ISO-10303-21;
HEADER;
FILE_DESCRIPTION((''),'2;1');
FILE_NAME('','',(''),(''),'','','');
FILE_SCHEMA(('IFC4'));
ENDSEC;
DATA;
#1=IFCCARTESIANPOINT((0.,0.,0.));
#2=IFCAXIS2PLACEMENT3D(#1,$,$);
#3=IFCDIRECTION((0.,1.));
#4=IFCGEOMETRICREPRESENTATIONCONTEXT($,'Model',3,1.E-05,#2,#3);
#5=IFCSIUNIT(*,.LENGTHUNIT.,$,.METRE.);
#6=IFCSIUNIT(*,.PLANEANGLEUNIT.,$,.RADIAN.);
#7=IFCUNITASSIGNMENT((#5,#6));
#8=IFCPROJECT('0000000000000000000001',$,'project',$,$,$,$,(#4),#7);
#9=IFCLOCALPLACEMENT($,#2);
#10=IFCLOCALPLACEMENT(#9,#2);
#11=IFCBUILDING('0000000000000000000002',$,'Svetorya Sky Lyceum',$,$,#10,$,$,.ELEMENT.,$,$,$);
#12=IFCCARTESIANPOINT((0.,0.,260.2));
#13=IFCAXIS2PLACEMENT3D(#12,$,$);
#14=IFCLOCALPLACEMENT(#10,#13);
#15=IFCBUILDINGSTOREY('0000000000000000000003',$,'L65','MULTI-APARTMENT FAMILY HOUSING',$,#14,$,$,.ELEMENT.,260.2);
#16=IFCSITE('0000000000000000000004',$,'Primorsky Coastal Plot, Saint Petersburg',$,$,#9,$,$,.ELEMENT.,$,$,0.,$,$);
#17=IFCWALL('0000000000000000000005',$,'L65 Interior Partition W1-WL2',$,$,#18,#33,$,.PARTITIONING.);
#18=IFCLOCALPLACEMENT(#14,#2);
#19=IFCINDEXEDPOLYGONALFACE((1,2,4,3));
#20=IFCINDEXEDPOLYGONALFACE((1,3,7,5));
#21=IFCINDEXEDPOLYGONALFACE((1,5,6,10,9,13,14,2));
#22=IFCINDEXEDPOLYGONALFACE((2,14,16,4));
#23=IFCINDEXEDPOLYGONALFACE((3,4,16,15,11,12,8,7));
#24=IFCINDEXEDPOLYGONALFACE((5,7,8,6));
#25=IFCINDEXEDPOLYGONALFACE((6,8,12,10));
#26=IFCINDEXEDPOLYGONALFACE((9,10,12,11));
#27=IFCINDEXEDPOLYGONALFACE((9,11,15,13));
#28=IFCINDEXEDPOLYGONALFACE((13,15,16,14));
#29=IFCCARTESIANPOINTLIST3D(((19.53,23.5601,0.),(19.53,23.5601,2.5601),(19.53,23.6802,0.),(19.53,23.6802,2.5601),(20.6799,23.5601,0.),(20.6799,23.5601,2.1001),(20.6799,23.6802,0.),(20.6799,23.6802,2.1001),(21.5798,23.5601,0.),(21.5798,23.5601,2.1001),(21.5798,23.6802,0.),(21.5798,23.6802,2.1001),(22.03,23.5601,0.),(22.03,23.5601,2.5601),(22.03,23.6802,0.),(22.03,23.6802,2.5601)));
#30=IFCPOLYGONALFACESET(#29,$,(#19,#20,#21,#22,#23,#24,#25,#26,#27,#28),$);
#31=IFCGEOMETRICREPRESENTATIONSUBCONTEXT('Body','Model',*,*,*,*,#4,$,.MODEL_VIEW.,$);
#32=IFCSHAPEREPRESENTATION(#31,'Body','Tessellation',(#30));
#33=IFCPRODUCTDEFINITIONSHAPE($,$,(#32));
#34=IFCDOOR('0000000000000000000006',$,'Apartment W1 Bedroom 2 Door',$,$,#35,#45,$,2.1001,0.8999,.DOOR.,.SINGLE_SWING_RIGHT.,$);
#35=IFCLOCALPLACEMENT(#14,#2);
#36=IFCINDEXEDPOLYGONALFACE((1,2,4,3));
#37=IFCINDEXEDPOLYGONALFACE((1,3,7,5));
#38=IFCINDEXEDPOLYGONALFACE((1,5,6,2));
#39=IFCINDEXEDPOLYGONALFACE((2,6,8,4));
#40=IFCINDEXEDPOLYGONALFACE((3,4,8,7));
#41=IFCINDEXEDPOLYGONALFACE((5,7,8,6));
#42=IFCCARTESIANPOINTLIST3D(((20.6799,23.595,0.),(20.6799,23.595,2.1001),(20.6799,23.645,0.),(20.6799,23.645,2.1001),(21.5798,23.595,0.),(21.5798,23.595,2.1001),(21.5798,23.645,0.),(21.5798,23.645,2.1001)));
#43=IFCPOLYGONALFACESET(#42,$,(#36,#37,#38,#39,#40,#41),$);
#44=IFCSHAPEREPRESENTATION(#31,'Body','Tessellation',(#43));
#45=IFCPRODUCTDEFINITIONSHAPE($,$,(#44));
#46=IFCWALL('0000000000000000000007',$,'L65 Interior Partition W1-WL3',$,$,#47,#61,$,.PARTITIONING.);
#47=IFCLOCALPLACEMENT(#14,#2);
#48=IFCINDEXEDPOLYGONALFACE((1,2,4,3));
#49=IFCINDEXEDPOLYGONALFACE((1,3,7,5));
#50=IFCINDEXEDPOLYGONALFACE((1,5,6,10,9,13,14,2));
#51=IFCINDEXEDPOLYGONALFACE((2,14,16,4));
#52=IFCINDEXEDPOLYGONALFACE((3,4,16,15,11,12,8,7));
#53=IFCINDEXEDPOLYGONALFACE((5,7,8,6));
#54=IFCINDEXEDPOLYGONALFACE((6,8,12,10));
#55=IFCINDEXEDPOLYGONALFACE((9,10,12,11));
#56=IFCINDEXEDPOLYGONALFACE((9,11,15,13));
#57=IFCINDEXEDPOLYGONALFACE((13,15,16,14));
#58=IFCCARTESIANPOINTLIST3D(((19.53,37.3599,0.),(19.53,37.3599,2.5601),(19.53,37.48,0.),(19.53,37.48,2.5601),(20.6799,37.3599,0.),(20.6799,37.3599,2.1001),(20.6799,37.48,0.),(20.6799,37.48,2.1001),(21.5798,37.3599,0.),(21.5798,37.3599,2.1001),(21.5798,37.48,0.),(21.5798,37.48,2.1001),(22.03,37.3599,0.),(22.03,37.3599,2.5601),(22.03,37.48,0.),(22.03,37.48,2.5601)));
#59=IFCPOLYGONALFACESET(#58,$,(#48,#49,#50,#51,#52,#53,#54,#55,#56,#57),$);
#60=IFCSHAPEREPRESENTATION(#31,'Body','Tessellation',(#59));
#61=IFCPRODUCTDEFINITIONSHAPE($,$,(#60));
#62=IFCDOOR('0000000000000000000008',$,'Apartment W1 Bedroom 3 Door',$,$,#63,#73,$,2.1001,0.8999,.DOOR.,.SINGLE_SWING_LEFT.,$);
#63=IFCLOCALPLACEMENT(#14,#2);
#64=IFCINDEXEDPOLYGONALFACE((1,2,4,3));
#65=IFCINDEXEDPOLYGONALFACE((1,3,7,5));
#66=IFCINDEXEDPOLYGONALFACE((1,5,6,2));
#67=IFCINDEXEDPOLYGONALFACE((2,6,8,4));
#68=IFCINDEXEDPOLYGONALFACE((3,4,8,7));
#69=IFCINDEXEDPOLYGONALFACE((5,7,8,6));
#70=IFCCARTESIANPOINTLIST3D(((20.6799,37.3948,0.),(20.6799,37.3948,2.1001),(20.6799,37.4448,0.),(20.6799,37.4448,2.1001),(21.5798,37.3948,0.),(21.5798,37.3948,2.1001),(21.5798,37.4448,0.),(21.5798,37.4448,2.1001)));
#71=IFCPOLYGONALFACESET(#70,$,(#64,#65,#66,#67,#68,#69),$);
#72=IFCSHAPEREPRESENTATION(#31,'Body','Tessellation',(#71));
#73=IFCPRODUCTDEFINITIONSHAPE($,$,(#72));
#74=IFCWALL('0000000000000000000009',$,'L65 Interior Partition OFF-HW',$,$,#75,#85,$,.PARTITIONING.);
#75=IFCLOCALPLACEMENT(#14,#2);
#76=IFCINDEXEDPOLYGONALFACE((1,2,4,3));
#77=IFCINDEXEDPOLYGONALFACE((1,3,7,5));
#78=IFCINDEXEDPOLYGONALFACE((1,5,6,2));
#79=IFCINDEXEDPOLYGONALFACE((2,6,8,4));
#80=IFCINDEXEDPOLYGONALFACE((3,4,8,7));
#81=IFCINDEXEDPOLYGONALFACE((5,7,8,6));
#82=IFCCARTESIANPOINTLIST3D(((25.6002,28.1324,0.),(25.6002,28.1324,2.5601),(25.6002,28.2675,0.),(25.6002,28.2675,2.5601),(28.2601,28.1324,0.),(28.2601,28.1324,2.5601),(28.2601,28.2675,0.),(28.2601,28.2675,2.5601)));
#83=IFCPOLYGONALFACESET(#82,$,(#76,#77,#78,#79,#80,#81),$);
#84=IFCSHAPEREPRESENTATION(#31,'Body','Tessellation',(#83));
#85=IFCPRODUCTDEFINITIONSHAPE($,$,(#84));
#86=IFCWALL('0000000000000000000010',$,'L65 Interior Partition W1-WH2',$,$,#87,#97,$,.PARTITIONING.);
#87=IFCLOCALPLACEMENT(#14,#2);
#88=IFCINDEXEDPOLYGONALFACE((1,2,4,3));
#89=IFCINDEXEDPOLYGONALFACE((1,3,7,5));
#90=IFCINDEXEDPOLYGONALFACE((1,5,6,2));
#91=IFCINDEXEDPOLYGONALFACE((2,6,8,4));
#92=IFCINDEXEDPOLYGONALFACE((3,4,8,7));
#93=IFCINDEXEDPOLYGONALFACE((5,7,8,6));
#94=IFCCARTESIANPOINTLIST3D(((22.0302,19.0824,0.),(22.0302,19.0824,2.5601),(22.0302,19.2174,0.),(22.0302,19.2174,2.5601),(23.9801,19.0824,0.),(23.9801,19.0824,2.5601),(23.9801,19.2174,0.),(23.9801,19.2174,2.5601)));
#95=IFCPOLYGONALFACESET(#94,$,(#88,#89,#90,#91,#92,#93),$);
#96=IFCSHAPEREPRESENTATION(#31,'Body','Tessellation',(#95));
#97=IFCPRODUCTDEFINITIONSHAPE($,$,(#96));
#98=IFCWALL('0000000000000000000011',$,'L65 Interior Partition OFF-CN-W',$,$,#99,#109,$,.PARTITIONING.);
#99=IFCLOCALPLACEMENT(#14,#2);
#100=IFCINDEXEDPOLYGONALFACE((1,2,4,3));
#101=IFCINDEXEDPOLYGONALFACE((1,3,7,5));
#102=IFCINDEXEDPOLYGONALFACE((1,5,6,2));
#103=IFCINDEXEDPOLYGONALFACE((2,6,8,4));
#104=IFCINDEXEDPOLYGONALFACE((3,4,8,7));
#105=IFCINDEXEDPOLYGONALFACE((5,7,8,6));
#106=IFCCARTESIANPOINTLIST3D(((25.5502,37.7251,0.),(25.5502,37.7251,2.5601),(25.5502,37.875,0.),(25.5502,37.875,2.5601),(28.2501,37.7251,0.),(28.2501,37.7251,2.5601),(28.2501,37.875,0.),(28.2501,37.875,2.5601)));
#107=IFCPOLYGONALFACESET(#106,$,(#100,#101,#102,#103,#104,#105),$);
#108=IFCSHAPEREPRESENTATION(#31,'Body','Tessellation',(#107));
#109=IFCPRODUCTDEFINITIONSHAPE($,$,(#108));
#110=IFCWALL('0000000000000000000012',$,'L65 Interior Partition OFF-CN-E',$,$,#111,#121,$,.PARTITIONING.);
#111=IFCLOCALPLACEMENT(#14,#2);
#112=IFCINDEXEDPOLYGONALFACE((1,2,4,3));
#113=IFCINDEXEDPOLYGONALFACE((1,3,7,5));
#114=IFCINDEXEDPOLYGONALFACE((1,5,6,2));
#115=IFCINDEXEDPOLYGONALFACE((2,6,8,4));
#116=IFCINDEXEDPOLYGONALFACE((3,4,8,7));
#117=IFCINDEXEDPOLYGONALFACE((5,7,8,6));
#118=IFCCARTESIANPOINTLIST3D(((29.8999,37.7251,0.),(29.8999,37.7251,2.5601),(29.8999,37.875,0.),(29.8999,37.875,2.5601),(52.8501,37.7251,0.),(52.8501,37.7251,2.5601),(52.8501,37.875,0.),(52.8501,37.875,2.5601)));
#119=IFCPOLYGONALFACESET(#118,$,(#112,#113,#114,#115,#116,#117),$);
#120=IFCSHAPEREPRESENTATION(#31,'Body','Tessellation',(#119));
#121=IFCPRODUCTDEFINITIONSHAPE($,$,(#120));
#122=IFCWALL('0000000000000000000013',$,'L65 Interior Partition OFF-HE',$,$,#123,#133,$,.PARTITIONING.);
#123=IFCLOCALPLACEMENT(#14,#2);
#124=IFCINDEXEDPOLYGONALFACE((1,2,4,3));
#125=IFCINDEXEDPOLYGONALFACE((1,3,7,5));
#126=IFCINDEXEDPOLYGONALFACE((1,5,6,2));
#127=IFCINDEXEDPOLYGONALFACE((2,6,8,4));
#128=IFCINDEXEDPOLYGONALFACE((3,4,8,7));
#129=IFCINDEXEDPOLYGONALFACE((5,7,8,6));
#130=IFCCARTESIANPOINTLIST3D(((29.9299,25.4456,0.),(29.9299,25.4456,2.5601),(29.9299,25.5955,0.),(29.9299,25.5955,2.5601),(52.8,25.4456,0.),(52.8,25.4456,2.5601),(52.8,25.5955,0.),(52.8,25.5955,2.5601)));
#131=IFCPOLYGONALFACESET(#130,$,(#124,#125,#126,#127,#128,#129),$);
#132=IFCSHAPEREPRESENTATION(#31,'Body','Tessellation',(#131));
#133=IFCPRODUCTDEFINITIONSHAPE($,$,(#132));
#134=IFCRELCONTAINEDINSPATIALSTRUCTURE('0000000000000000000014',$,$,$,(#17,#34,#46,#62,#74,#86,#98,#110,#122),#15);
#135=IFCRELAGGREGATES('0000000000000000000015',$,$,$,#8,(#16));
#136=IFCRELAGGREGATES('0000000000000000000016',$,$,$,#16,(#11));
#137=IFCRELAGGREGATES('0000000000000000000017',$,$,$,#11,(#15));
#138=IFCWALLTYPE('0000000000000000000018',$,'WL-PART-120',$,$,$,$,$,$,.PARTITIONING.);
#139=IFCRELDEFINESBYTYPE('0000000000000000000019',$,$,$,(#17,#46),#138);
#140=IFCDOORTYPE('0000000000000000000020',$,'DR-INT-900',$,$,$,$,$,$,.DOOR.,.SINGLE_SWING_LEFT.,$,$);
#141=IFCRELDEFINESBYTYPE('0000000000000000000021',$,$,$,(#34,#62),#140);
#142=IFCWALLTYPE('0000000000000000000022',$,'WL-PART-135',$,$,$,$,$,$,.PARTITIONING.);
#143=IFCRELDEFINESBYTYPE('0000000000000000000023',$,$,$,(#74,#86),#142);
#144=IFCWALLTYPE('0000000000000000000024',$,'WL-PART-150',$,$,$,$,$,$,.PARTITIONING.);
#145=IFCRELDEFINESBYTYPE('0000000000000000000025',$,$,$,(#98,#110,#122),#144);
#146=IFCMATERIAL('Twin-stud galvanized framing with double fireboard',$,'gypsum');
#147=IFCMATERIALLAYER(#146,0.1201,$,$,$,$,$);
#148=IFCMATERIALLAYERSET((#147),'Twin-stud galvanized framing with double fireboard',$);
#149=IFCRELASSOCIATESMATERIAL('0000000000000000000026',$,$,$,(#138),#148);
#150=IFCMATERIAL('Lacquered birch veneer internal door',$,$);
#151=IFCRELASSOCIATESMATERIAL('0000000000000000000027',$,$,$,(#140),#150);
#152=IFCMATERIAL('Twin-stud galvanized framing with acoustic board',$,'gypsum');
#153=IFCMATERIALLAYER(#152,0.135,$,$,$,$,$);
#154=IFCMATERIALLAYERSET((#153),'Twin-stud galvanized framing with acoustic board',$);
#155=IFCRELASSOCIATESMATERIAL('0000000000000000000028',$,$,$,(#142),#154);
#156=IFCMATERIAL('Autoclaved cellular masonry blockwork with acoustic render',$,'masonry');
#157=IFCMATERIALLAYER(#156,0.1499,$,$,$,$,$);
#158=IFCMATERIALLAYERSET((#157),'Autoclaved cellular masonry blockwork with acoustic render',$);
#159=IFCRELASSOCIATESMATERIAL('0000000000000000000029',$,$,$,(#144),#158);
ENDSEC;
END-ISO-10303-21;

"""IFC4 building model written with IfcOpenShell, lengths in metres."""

from ifc_helpers import new_model, si_unit, direction, frame, frame_2d, origin, place, context, subcontext, project, spatial, rectangle, extrude, material, layer, layer_set, type_object, element, fill, save


model = new_model("IFC4")

# Units and contexts
model_context = context("Model", 3, precision=1e-05, world=origin(), true_north=direction((0.0, 1.0)))
body_context = subcontext(model_context, "Body", "Model", "MODEL_VIEW")
ifc_project = project(units=[si_unit("LENGTHUNIT", "METRE"), si_unit("PLANEANGLEUNIT", "RADIAN")], contexts=[model_context])

# Site, building, storey
site_placement = place(None, origin())
site = spatial("IfcSite", under=ifc_project, at=site_placement, Name="Primorsky Coastal Plot, Saint Petersburg", CompositionType="ELEMENT", RefElevation=0.0)
building_placement = place(site_placement, origin())
building = spatial("IfcBuilding", under=site, at=building_placement, Name="Svetorya Sky Lyceum", CompositionType="ELEMENT")
storey_placement = place(building_placement, frame((0.0, 0.0, 260.2)))
storey = spatial("IfcBuildingStorey", under=building, at=storey_placement, Name="L65", Description="MULTI-APARTMENT FAMILY HOUSING", CompositionType="ELEMENT", Elevation=260.2)

# Walls, openings, doors
ifc_material_1 = material(Name="Twin-stud galvanized framing with double fireboard", Category="gypsum")
ifc_layer_1 = layer(ifc_material_1, 0.1201)
ifc_layer_set_1 = layer_set([ifc_layer_1], Name="Twin-stud galvanized framing with double fireboard")
wall_type_1 = type_object("IfcWallType", Name="WL-PART-120", PredefinedType="PARTITIONING", material=ifc_layer_set_1)
wall_1_placement = place(storey_placement, frame((19.53, 23.6201, 0.0), z_axis=(0.0, 0.0, 1.0), x_axis=(1.0, 0.0, 0.0)))
wall_1 = element("IfcWall", 1, at=wall_1_placement, inside=storey, type_object=wall_type_1, Name="L65 Interior Partition W1-WL2", PredefinedType="PARTITIONING", context=body_context, shape_type="SweptSolid", body=[
    extrude(rectangle(XDim=2.5, YDim=0.1201, at=frame_2d((1.25, 0.0))), origin(), (0.0, 0.0, 1.0), 2.5601),
])
opening_1_placement = place(wall_1_placement, frame((1.1499, 0.0, 0.0)))
opening_1 = element("IfcOpeningElement", 2, at=opening_1_placement, cuts=wall_1, PredefinedType="OPENING", context=body_context, shape_type="SweptSolid", body=[
    extrude(rectangle(XDim=0.8999, YDim=2.1001, at=frame_2d((0.45, 1.05))), frame((0.0, 0.0701, 0.0), z_axis=(0.0, -1.0, 0.0), x_axis=(1.0, 0.0, 0.0)), (0.0, 0.0, 1.0), 0.1401),
])
ifc_material_2 = material(Name="Lacquered birch veneer internal door")
door_type_1 = type_object("IfcDoorType", Name="DR-INT-900", OperationType="SINGLE_SWING_LEFT", PredefinedType="DOOR", material=ifc_material_2)
door_1_placement = place(opening_1_placement, origin())
door_1 = element("IfcDoor", 3, at=door_1_placement, inside=storey, type_object=door_type_1, Name="Apartment W1 Bedroom 2 Door", OperationType="SINGLE_SWING_RIGHT", OverallHeight=2.1001, OverallWidth=0.8999, PredefinedType="DOOR", context=body_context, shape_type="SweptSolid", body=[
    extrude(rectangle(XDim=0.8999, YDim=2.1001, at=frame_2d((0.45, 1.05))), frame((0.0, 0.0249, 0.0), z_axis=(0.0, -1.0, 0.0), x_axis=(1.0, 0.0, 0.0)), (0.0, 0.0, 1.0), 0.05),
])
fill(opening_1, door_1)
wall_2_placement = place(storey_placement, frame((19.53, 37.4199, 0.0), z_axis=(0.0, 0.0, 1.0), x_axis=(1.0, 0.0, 0.0)))
wall_2 = element("IfcWall", 4, at=wall_2_placement, inside=storey, type_object=wall_type_1, Name="L65 Interior Partition W1-WL3", PredefinedType="PARTITIONING", context=body_context, shape_type="SweptSolid", body=[
    extrude(rectangle(XDim=2.5, YDim=0.1201, at=frame_2d((1.25, 0.0))), origin(), (0.0, 0.0, 1.0), 2.5601),
])
opening_2_placement = place(wall_2_placement, frame((1.1499, 0.0, 0.0)))
opening_2 = element("IfcOpeningElement", 5, at=opening_2_placement, cuts=wall_2, PredefinedType="OPENING", context=body_context, shape_type="SweptSolid", body=[
    extrude(rectangle(XDim=0.8999, YDim=2.1001, at=frame_2d((0.45, 1.05))), frame((0.0, 0.0701, 0.0), z_axis=(0.0, -1.0, 0.0), x_axis=(1.0, 0.0, 0.0)), (0.0, 0.0, 1.0), 0.1401),
])
door_2_placement = place(opening_2_placement, origin())
door_2 = element("IfcDoor", 6, at=door_2_placement, inside=storey, type_object=door_type_1, Name="Apartment W1 Bedroom 3 Door", OperationType="SINGLE_SWING_LEFT", OverallHeight=2.1001, OverallWidth=0.8999, PredefinedType="DOOR", context=body_context, shape_type="SweptSolid", body=[
    extrude(rectangle(XDim=0.8999, YDim=2.1001, at=frame_2d((0.45, 1.05))), frame((0.0, 0.0249, 0.0), z_axis=(0.0, -1.0, 0.0), x_axis=(1.0, 0.0, 0.0)), (0.0, 0.0, 1.0), 0.05),
])
fill(opening_2, door_2)

# Walls
ifc_material_3 = material(Name="Twin-stud galvanized framing with acoustic board", Category="gypsum")
ifc_layer_2 = layer(ifc_material_3, 0.135)
ifc_layer_set_2 = layer_set([ifc_layer_2], Name="Twin-stud galvanized framing with acoustic board")
wall_type_2 = type_object("IfcWallType", Name="WL-PART-135", PredefinedType="PARTITIONING", material=ifc_layer_set_2)
wall_3_placement = place(storey_placement, frame((25.6001, 28.2, 0.0), z_axis=(0.0, 0.0, 1.0), x_axis=(1.0, 0.0, 0.0)))
element("IfcWall", 7, at=wall_3_placement, inside=storey, type_object=wall_type_2, Name="L65 Interior Partition OFF-HW", PredefinedType="PARTITIONING", context=body_context, shape_type="SweptSolid", body=[
    extrude(rectangle(XDim=2.6599, YDim=0.135, at=frame_2d((1.3301, 0.0))), origin(), (0.0, 0.0, 1.0), 2.5601),
])
wall_4_placement = place(storey_placement, frame((22.03, 19.1499, 0.0), z_axis=(0.0, 0.0, 1.0), x_axis=(1.0, 0.0, 0.0)))
element("IfcWall", 8, at=wall_4_placement, inside=storey, type_object=wall_type_2, Name="L65 Interior Partition W1-WH2", PredefinedType="PARTITIONING", context=body_context, shape_type="SweptSolid", body=[
    extrude(rectangle(XDim=1.95, YDim=0.135, at=frame_2d((0.9751, 0.0))), origin(), (0.0, 0.0, 1.0), 2.5601),
])
ifc_material_4 = material(Name="Autoclaved cellular masonry blockwork with acoustic render", Category="masonry")
ifc_layer_3 = layer(ifc_material_4, 0.1499)
ifc_layer_set_3 = layer_set([ifc_layer_3], Name="Autoclaved cellular masonry blockwork with acoustic render")
wall_type_3 = type_object("IfcWallType", Name="WL-PART-150", PredefinedType="PARTITIONING", material=ifc_layer_set_3)
wall_5_placement = place(storey_placement, frame((25.55, 37.8, 0.0), z_axis=(0.0, 0.0, 1.0), x_axis=(1.0, 0.0, 0.0)))
element("IfcWall", 9, at=wall_5_placement, inside=storey, type_object=wall_type_3, Name="L65 Interior Partition OFF-CN-W", PredefinedType="PARTITIONING", context=body_context, shape_type="SweptSolid", body=[
    extrude(rectangle(XDim=2.7, YDim=0.1499, at=frame_2d((1.3501, 0.0))), origin(), (0.0, 0.0, 1.0), 2.5601),
])
wall_6_placement = place(storey_placement, frame((29.8999, 37.8, 0.0), z_axis=(0.0, 0.0, 1.0), x_axis=(1.0, 0.0, 0.0)))
element("IfcWall", 10, at=wall_6_placement, inside=storey, type_object=wall_type_3, Name="L65 Interior Partition OFF-CN-E", PredefinedType="PARTITIONING", context=body_context, shape_type="SweptSolid", body=[
    extrude(rectangle(XDim=22.9502, YDim=0.1499, at=frame_2d((11.4751, 0.0))), origin(), (0.0, 0.0, 1.0), 2.5601),
])
wall_7_placement = place(storey_placement, frame((29.9299, 25.5205, 0.0), z_axis=(0.0, 0.0, 1.0), x_axis=(1.0, 0.0, 0.0)))
element("IfcWall", 11, at=wall_7_placement, inside=storey, type_object=wall_type_3, Name="L65 Interior Partition OFF-HE", PredefinedType="PARTITIONING", context=body_context, shape_type="SweptSolid", body=[
    extrude(rectangle(XDim=22.8701, YDim=0.1499, at=frame_2d((11.4351, 0.0))), origin(), (0.0, 0.0, 1.0), 2.5601),
])

save(model, "model.ifc")
